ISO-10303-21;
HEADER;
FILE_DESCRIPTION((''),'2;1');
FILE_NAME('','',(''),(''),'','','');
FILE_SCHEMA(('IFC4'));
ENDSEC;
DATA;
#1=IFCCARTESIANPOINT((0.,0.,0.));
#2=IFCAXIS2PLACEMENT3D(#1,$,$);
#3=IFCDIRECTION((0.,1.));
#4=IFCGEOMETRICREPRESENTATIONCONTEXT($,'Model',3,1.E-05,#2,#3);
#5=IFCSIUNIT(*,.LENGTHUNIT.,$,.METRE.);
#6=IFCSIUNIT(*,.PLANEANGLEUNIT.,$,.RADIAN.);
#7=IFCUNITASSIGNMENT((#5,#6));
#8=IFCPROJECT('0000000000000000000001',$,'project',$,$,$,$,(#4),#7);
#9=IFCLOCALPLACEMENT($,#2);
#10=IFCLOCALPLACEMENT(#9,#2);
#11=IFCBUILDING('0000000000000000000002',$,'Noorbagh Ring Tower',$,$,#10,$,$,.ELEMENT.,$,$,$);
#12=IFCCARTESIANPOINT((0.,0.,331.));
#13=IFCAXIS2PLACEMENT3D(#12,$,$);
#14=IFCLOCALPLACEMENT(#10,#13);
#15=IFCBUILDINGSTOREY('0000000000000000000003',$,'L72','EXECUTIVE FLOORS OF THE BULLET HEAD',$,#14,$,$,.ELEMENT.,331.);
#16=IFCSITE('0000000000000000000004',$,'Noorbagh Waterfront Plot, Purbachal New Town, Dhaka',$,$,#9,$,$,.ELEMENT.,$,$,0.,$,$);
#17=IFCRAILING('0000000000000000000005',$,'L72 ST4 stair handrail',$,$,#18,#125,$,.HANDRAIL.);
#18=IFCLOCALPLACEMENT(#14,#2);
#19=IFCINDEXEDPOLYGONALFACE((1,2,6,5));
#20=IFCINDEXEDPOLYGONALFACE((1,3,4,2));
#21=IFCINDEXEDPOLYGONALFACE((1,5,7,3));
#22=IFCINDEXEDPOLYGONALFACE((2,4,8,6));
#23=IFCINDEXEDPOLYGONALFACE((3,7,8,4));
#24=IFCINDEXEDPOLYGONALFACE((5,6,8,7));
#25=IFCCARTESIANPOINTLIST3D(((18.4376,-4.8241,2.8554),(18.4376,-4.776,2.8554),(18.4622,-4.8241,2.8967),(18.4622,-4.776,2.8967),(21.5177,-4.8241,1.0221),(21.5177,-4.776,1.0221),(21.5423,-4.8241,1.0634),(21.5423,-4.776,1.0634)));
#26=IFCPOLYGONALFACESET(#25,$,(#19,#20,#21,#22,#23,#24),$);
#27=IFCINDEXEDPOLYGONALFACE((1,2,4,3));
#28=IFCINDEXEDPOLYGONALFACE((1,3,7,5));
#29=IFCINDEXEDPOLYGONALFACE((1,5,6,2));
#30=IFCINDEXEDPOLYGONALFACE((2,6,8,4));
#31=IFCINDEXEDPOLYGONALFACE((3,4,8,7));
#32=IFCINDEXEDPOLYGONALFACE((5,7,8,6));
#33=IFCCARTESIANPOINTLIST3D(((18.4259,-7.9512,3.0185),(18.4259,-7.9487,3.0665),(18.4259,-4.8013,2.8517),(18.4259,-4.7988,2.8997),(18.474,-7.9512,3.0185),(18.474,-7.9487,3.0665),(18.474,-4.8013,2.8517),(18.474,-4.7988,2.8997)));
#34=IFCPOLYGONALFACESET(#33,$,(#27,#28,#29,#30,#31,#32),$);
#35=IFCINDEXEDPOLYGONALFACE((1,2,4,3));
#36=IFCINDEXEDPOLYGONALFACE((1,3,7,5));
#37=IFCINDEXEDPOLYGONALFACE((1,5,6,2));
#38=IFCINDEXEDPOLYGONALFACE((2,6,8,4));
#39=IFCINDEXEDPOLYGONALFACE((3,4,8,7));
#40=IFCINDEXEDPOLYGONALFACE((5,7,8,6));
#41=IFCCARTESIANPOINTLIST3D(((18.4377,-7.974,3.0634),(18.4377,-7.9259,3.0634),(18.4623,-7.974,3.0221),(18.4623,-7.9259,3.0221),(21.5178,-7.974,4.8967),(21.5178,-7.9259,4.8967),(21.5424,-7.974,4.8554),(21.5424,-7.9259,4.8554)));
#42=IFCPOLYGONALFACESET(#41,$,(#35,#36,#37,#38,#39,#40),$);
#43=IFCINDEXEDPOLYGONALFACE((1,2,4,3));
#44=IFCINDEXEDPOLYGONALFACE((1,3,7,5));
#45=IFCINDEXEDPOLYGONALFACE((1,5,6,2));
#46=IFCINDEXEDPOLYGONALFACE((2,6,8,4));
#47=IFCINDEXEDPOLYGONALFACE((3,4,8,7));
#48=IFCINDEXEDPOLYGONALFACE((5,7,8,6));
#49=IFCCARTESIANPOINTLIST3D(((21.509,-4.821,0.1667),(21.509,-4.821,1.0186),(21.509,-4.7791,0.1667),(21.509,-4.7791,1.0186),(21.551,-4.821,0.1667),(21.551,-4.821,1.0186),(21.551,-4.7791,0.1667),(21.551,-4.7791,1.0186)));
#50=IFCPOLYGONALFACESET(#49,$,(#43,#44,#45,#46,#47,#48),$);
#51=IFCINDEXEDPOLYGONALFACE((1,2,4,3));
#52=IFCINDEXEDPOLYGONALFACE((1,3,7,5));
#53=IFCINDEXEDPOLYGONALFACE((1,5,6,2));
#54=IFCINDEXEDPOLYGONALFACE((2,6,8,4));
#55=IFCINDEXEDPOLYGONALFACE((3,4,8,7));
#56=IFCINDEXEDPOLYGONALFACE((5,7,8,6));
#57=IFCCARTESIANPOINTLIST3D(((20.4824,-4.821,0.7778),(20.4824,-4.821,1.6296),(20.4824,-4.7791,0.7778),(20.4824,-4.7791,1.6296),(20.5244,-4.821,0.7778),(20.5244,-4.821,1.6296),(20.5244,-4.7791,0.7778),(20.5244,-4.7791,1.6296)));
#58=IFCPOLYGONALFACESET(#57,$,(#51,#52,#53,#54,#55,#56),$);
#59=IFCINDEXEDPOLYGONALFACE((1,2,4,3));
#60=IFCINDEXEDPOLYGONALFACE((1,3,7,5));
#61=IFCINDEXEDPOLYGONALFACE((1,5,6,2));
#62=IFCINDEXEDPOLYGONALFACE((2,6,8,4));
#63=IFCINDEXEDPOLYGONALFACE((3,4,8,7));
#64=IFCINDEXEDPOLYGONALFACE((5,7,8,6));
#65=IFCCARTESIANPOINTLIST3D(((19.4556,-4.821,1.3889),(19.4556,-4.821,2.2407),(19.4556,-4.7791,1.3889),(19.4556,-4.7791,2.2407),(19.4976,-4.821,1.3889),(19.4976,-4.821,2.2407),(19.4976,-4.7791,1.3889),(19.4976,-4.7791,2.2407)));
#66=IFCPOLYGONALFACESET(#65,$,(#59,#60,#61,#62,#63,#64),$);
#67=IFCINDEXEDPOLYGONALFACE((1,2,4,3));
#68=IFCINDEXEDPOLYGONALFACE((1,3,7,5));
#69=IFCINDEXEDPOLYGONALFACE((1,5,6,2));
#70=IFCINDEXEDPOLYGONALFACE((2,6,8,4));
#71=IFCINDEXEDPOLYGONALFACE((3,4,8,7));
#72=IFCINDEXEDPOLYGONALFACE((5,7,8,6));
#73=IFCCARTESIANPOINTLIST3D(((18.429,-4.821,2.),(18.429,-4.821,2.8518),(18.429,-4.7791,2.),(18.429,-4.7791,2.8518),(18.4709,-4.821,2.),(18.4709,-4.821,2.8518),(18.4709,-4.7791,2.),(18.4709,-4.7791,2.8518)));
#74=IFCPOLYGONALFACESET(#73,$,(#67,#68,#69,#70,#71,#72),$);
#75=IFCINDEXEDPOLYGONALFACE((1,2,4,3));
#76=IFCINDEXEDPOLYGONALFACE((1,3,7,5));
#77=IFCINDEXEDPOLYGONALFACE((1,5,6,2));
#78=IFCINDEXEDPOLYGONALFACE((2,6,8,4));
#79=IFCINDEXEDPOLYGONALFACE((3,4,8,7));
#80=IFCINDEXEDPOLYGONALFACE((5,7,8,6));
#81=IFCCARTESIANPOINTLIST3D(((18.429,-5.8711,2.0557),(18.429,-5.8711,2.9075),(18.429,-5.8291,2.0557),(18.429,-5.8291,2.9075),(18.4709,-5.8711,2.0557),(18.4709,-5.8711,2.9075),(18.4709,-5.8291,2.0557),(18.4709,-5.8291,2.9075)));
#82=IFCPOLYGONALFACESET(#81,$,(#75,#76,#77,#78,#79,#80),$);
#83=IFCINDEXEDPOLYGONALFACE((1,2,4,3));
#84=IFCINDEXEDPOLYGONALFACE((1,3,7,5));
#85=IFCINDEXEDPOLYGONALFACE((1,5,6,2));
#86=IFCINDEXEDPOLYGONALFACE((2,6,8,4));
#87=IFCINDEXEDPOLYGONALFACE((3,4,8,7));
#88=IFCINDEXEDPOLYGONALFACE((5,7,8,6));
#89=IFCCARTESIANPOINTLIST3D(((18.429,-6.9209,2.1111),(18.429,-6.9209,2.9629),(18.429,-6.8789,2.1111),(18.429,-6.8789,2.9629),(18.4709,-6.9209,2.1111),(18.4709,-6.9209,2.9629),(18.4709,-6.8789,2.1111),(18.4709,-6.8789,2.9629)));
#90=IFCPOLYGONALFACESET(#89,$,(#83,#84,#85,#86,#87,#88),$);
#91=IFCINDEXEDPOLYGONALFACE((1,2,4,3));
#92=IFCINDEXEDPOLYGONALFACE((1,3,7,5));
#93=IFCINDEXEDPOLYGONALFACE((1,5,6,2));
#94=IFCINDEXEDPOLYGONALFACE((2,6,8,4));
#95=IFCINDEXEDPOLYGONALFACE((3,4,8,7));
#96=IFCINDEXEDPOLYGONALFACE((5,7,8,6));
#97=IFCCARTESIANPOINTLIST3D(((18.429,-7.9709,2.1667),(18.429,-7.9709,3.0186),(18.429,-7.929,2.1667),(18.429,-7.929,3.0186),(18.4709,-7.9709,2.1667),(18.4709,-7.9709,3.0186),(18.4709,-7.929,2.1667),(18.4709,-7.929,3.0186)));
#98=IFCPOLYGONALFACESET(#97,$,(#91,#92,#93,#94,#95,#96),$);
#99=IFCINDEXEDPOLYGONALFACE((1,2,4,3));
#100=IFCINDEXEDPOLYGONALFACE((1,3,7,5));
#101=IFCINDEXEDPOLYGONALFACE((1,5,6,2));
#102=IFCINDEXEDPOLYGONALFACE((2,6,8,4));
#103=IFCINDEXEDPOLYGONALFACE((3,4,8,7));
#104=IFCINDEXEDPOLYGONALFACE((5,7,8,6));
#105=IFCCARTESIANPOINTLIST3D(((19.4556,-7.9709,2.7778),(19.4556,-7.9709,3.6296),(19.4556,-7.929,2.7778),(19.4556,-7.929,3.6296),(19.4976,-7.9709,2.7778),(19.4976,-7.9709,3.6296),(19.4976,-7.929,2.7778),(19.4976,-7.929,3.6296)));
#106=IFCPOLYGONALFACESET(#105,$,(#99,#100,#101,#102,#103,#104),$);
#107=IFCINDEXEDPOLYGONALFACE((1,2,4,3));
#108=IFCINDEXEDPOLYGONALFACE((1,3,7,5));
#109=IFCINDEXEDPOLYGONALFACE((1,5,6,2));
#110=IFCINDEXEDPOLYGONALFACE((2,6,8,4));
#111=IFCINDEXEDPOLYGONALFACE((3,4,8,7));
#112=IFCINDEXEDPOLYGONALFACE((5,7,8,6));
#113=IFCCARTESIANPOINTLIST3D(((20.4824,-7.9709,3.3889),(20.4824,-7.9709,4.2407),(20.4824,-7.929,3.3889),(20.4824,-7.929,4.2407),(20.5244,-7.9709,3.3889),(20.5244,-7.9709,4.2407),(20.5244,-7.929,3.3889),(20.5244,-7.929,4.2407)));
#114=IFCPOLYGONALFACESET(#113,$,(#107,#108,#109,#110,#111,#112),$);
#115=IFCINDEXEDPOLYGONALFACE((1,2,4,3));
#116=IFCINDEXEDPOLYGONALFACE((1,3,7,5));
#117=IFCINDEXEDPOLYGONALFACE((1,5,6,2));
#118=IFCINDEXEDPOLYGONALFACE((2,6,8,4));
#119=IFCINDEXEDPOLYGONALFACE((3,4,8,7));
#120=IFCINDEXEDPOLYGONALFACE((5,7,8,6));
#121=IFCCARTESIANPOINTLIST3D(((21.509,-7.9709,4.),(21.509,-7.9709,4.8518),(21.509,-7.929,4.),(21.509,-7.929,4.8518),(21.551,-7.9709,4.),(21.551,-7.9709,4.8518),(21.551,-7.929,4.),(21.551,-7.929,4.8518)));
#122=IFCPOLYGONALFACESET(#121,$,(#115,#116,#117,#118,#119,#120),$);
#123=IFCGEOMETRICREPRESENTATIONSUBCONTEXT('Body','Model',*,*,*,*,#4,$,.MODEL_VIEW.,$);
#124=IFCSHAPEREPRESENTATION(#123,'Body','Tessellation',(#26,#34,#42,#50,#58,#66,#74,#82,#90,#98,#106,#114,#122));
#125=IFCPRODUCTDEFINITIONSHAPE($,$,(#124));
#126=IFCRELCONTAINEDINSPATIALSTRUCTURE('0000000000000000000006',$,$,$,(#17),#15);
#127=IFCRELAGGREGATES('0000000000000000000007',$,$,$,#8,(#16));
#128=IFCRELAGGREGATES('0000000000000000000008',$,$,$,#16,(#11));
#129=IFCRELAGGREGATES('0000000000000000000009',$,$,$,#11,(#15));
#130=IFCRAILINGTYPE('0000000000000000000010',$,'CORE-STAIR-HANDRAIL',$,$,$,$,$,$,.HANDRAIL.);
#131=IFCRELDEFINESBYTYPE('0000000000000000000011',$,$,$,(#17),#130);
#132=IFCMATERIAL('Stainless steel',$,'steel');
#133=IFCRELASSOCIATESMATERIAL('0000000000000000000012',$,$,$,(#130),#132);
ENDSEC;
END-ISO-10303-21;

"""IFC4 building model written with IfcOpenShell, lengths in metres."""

from ifc_helpers import new_model, si_unit, direction, frame, origin, origin_2d, place, context, subcontext, project, spatial, rectangle, extrude, material, type_object, element, save


model = new_model("IFC4")

# Units and contexts
model_context = context("Model", 3, precision=1e-05, world=origin(), true_north=direction((0.0, 1.0)))
body_context = subcontext(model_context, "Body", "Model", "MODEL_VIEW")
ifc_project = project(units=[si_unit("LENGTHUNIT", "METRE"), si_unit("PLANEANGLEUNIT", "RADIAN")], contexts=[model_context])

# Site, building, storey
site_placement = place(None, origin())
site = spatial("IfcSite", under=ifc_project, at=site_placement, Name="Noorbagh Waterfront Plot, Purbachal New Town, Dhaka", CompositionType="ELEMENT", RefElevation=0.0)
building_placement = place(site_placement, origin())
building = spatial("IfcBuilding", under=site, at=building_placement, Name="Noorbagh Ring Tower", CompositionType="ELEMENT")
storey_placement = place(building_placement, frame((0.0, 0.0, 331.0)))
storey = spatial("IfcBuildingStorey", under=building, at=storey_placement, Name="L72", Description="EXECUTIVE FLOORS OF THE BULLET HEAD", CompositionType="ELEMENT", Elevation=331.0)

# Railing
ifc_material_1 = material(Name="Stainless steel", Category="steel")
railing_type_1 = type_object("IfcRailingType", Name="CORE-STAIR-HANDRAIL", PredefinedType="HANDRAIL", material=ifc_material_1)
railing_1_placement = place(storey_placement, frame((21.53, -4.8, 0.1667)))
element("IfcRailing", 1, at=railing_1_placement, inside=storey, type_object=railing_type_1, Name="L72 ST4 stair handrail", PredefinedType="HANDRAIL", context=body_context, shape_type="SweptSolid", body=[
    extrude(rectangle(XDim=0.0481, YDim=0.0481, at=origin_2d()), frame((0.0, 0.0, 0.876), z_axis=(-0.859309, 0.0, 0.511458), x_axis=(0.0, -1.0, 0.0)), (0.0, 0.0, 1.0), 3.5845),
    extrude(rectangle(XDim=0.0481, YDim=0.0481, at=origin_2d()), frame((-3.0801, 0.0, 2.709), z_axis=(0.0, -0.998602, 0.052864), x_axis=(1.0, 0.0, 0.0)), (0.0, 0.0, 1.0), 3.1543),
    extrude(rectangle(XDim=0.0481, YDim=0.0481, at=origin_2d()), frame((-3.0801, -3.1499, 2.876), z_axis=(0.859309, 0.0, 0.511458), x_axis=(0.0, 1.0, 0.0)), (0.0, 0.0, 1.0), 3.5845),
    extrude(rectangle(XDim=0.042, YDim=0.042, at=origin_2d()), origin(), (0.0, 0.0, 1.0), 0.8518),
    extrude(rectangle(XDim=0.042, YDim=0.042, at=origin_2d()), frame((-1.0266, 0.0, 0.6111)), (0.0, 0.0, 1.0), 0.8518),
    extrude(rectangle(XDim=0.042, YDim=0.042, at=origin_2d()), frame((-2.0535, 0.0, 1.2222)), (0.0, 0.0, 1.0), 0.8518),
    extrude(rectangle(XDim=0.042, YDim=0.042, at=origin_2d()), frame((-3.0801, 0.0, 1.8333)), (0.0, 0.0, 1.0), 0.8518),
    extrude(rectangle(XDim=0.042, YDim=0.042, at=origin_2d()), frame((-3.0801, -1.05, 1.8889)), (0.0, 0.0, 1.0), 0.8518),
    extrude(rectangle(XDim=0.042, YDim=0.042, at=origin_2d()), frame((-3.0801, -2.0999, 1.9443)), (0.0, 0.0, 1.0), 0.8518),
    extrude(rectangle(XDim=0.042, YDim=0.042, at=origin_2d()), frame((-3.0801, -3.1499, 2.0)), (0.0, 0.0, 1.0), 0.8518),
    extrude(rectangle(XDim=0.042, YDim=0.042, at=origin_2d()), frame((-2.0535, -3.1499, 2.6111)), (0.0, 0.0, 1.0), 0.8518),
    extrude(rectangle(XDim=0.042, YDim=0.042, at=origin_2d()), frame((-1.0266, -3.1499, 3.2222)), (0.0, 0.0, 1.0), 0.8518),
    extrude(rectangle(XDim=0.042, YDim=0.042, at=origin_2d()), frame((0.0, -3.1499, 3.8333)), (0.0, 0.0, 1.0), 0.8518),
])

save(model, "model.ifc")
